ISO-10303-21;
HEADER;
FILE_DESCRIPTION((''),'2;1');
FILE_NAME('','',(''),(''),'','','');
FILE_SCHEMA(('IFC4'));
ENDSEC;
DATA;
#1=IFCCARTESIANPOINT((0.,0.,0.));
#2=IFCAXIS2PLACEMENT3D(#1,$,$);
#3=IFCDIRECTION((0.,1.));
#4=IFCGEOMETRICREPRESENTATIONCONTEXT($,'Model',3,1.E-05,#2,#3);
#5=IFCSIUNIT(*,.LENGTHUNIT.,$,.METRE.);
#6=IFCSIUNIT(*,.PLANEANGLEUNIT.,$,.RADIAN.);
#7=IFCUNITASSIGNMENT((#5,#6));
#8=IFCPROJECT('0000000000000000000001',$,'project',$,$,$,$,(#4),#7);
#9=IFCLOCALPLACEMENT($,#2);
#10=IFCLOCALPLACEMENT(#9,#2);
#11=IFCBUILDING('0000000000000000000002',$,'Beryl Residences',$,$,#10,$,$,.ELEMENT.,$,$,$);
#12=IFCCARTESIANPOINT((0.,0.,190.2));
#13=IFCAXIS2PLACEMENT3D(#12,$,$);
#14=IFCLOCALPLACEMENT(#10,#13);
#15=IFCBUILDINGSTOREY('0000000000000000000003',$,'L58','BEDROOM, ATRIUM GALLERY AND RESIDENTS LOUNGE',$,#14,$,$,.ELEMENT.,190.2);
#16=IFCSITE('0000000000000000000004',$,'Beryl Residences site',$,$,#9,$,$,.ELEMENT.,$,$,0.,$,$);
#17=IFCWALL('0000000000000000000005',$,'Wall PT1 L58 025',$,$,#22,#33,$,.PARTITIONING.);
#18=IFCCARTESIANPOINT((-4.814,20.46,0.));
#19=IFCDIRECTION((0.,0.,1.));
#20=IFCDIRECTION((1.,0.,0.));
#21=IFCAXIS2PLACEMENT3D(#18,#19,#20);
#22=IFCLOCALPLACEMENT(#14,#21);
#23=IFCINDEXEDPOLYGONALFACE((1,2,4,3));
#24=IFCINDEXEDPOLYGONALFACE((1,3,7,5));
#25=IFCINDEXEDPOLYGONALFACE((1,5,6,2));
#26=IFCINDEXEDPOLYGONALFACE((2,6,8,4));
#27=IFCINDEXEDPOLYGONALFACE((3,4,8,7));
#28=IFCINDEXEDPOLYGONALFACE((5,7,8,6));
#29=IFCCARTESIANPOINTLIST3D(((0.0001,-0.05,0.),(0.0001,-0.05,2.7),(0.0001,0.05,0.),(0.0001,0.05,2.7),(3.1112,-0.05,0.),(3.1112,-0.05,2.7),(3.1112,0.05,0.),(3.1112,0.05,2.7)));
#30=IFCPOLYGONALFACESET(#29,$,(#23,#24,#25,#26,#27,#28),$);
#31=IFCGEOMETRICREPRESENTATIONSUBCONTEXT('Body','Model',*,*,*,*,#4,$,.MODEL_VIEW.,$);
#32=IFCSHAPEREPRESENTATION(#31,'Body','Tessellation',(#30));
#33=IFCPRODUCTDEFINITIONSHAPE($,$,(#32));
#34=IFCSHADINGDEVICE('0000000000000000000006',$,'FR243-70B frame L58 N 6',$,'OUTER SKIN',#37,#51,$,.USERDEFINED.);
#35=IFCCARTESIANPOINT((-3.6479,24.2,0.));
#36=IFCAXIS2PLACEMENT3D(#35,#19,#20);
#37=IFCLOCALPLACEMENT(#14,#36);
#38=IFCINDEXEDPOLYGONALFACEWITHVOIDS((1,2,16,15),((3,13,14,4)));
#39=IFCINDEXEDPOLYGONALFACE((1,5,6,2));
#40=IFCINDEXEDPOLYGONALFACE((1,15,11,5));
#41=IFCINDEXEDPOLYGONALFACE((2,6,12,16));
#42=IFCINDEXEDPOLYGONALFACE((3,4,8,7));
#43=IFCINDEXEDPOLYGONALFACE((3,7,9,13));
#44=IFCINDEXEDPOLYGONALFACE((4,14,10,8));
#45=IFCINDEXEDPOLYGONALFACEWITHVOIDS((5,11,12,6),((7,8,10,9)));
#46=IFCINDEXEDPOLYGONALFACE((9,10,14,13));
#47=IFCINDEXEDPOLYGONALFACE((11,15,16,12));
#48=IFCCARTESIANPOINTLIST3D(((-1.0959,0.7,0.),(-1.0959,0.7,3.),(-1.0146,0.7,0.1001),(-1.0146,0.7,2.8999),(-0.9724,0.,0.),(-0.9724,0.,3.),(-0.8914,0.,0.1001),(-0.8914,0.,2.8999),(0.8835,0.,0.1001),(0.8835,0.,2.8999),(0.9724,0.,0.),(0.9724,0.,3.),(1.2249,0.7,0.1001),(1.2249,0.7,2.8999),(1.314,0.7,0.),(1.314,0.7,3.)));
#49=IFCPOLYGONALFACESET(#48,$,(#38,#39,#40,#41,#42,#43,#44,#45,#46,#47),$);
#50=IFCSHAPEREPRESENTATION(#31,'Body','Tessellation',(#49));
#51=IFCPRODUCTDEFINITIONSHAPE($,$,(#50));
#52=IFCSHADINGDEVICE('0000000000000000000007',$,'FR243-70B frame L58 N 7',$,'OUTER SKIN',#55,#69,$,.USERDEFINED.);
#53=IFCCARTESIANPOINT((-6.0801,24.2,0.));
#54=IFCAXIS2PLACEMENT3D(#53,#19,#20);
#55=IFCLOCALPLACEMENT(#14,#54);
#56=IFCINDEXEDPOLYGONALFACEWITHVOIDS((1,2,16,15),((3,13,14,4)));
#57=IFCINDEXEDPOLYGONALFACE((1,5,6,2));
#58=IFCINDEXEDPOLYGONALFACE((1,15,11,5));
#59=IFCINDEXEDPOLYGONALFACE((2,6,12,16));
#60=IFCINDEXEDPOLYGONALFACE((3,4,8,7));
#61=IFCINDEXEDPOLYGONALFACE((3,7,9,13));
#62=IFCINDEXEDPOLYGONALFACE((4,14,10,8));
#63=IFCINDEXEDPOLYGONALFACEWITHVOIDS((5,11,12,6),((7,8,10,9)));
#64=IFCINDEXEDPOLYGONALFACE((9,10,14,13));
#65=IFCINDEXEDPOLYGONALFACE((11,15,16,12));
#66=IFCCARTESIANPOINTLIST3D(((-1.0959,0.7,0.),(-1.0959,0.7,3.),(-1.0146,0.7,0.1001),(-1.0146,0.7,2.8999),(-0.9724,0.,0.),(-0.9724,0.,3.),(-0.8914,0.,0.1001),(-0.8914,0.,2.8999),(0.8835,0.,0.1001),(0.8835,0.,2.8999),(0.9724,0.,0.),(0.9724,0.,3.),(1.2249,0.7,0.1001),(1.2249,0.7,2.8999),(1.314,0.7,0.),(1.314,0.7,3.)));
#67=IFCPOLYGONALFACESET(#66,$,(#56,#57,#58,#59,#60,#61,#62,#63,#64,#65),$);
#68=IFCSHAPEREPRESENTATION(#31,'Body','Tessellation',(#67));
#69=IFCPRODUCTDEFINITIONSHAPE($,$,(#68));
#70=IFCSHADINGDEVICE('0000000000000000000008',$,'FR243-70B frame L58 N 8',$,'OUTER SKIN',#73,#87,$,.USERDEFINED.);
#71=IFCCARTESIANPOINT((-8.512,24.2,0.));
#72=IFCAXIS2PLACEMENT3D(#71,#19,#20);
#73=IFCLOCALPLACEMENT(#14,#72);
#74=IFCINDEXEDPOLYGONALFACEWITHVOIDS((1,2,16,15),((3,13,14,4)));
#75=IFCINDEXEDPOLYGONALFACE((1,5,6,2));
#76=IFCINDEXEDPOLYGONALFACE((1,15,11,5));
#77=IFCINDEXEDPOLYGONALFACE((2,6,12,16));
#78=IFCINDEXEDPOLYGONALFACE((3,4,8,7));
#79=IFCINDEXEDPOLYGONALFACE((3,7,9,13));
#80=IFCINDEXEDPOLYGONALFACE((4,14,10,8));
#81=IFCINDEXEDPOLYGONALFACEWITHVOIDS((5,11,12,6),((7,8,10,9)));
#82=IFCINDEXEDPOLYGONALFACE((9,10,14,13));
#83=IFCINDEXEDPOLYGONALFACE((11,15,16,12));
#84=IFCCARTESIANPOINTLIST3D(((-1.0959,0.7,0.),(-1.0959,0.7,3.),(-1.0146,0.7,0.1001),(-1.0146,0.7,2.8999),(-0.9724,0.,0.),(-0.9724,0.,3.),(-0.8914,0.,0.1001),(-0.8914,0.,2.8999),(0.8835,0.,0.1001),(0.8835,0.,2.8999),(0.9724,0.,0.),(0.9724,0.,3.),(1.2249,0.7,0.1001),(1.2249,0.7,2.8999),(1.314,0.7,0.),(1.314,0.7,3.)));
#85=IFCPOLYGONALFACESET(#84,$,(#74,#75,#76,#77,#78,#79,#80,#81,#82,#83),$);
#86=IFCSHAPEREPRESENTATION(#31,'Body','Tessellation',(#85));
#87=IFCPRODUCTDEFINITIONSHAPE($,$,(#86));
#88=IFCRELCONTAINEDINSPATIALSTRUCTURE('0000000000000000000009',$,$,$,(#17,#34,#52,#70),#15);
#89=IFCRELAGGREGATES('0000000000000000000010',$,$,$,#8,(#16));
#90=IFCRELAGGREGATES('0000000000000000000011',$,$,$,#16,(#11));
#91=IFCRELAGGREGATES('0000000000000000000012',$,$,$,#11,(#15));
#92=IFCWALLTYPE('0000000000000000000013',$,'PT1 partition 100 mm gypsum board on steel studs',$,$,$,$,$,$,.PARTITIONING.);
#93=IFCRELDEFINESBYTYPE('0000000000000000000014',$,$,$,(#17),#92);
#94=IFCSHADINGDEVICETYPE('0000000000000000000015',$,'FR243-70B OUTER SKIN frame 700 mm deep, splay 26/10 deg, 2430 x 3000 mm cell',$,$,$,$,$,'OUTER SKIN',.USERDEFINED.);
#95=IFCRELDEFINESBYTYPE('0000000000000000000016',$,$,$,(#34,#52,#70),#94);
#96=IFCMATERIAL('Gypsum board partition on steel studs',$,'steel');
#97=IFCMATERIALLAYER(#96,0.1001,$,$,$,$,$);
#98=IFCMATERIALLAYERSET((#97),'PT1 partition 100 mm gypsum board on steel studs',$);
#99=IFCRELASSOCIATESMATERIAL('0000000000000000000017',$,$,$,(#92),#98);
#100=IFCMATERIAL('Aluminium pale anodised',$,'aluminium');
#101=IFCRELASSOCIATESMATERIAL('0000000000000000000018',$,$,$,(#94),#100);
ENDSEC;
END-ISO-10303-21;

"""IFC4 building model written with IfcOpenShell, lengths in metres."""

from ifc_helpers import new_model, entity, si_unit, direction, frame, frame_2d, origin, place, context, subcontext, project, spatial, rectangle, extrude, source, transform, mapped, material, layer, layer_set, type_object, type_shapes, element, save


model = new_model("IFC4")

# Units and contexts
model_context = context("Model", 3, precision=1e-05, world=origin(), true_north=direction((0.0, 1.0)))
body_context = subcontext(model_context, "Body", "Model", "MODEL_VIEW")
ifc_project = project(units=[si_unit("LENGTHUNIT", "METRE"), si_unit("PLANEANGLEUNIT", "RADIAN")], contexts=[model_context])

# Site, building, storey
site_placement = place(None, origin())
site = spatial("IfcSite", under=ifc_project, at=site_placement, Name="Beryl Residences site", CompositionType="ELEMENT", RefElevation=0.0)
building_placement = place(site_placement, origin())
building = spatial("IfcBuilding", under=site, at=building_placement, Name="Beryl Residences", CompositionType="ELEMENT")
storey_placement = place(building_placement, frame((0.0, 0.0, 190.2)))
storey = spatial("IfcBuildingStorey", under=building, at=storey_placement, Name="L58", Description="BEDROOM, ATRIUM GALLERY AND RESIDENTS LOUNGE", CompositionType="ELEMENT", Elevation=190.2)

# Shared definitions
ifc_material_1 = material(Name="Gypsum board partition on steel studs", Category="steel")
ifc_layer_1 = layer(ifc_material_1, 0.1001)
ifc_layer_set_1 = layer_set([ifc_layer_1], Name="PT1 partition 100 mm gypsum board on steel studs")
wall_type_1 = type_object("IfcWallType", Name="PT1 partition 100 mm gypsum board on steel studs", PredefinedType="PARTITIONING", material=ifc_layer_set_1)

# Wall
wall_1_placement = place(storey_placement, frame((-4.814, 20.46, 0.0), z_axis=(0.0, 0.0, 1.0), x_axis=(1.0, 0.0, 0.0)))
element("IfcWall", 1, at=wall_1_placement, inside=storey, type_object=wall_type_1, Name="Wall PT1 L58 025", PredefinedType="PARTITIONING", context=body_context, shape_type="SweptSolid", body=[
    extrude(rectangle(XDim=3.1111, YDim=0.1001, at=frame_2d((1.5557, 0.0))), origin(), (0.0, 0.0, 1.0), 2.7),
])

# Shading devices
ifc_material_2 = material(Name="Aluminium pale anodised", Category="aluminium")
shading_device_type = type_object("IfcShadingDeviceType", Name="FR243-70B OUTER SKIN frame 700 mm deep, splay 26/10 deg, 2430 x 3000 mm cell", ElementType="OUTER SKIN", PredefinedType="USERDEFINED", material=ifc_material_2)
cartesian_point_1 = entity("IfcCartesianPoint", [-0.9724, 0.0])
cartesian_point_2 = entity("IfcCartesianPoint", [-0.8835, 0.1001])
cartesian_point_3 = entity("IfcCartesianPoint", [-1.314, 0.0])
cartesian_point_4 = entity("IfcCartesianPoint", [-1.2249, 0.1001])
shared_shape_1 = source(origin(), body_context, "Body", "SweptSolid", [
    entity("IfcExtrudedAreaSolidTapered", entity("IfcArbitraryProfileDefWithVoids", "AREA", None, entity("IfcPolyline", [cartesian_point_1, entity("IfcCartesianPoint", [0.9724, 0.0]), entity("IfcCartesianPoint", [0.9724, 3.0]), entity("IfcCartesianPoint", [-0.9724, 3.0]), cartesian_point_1]), [entity("IfcPolyline", [cartesian_point_2, entity("IfcCartesianPoint", [0.8914, 0.1001]), entity("IfcCartesianPoint", [0.8914, 2.8999]), entity("IfcCartesianPoint", [-0.8835, 2.8999]), cartesian_point_2])]), entity("IfcAxis2Placement3D", entity("IfcCartesianPoint", [0.0, 0.0, 0.0]), entity("IfcDirection", [0.0, 1.0, 0.0]), entity("IfcDirection", [-1.0, 0.0, 0.0])), entity("IfcDirection", [0.0, 0.0, 1.0]), 0.7, entity("IfcArbitraryProfileDefWithVoids", "AREA", None, entity("IfcPolyline", [cartesian_point_3, entity("IfcCartesianPoint", [1.0959, 0.0]), entity("IfcCartesianPoint", [1.0959, 3.0]), entity("IfcCartesianPoint", [-1.314, 3.0]), cartesian_point_3]), [entity("IfcPolyline", [cartesian_point_4, entity("IfcCartesianPoint", [1.0146, 0.1001]), entity("IfcCartesianPoint", [1.0146, 2.8999]), entity("IfcCartesianPoint", [-1.2249, 2.8999]), cartesian_point_4])])),
])
type_shapes(shading_device_type, [shared_shape_1])
for number, where, z_axis, x_axis, name in (
    (2, (-3.6479, 24.2, 0.0), (0.0, 0.0, 1.0), (1.0, 0.0, 0.0), "FR243-70B frame L58 N 6"),
    (3, (-6.0801, 24.2, 0.0), (0.0, 0.0, 1.0), (1.0, 0.0, 0.0), "FR243-70B frame L58 N 7"),
    (4, (-8.512, 24.2, 0.0), (0.0, 0.0, 1.0), (1.0, 0.0, 0.0), "FR243-70B frame L58 N 8"),
):
    element("IfcShadingDevice", number, at=place(storey_placement, frame(where, z_axis=z_axis, x_axis=x_axis)), inside=storey, type_object=shading_device_type, Name=name, ObjectType="OUTER SKIN", PredefinedType="USERDEFINED", context=body_context, shape_type="MappedRepresentation", body=[
        mapped(shared_shape_1, transform((0.0, 0.0, 0.0))),
    ])

save(model, "model.ifc")
